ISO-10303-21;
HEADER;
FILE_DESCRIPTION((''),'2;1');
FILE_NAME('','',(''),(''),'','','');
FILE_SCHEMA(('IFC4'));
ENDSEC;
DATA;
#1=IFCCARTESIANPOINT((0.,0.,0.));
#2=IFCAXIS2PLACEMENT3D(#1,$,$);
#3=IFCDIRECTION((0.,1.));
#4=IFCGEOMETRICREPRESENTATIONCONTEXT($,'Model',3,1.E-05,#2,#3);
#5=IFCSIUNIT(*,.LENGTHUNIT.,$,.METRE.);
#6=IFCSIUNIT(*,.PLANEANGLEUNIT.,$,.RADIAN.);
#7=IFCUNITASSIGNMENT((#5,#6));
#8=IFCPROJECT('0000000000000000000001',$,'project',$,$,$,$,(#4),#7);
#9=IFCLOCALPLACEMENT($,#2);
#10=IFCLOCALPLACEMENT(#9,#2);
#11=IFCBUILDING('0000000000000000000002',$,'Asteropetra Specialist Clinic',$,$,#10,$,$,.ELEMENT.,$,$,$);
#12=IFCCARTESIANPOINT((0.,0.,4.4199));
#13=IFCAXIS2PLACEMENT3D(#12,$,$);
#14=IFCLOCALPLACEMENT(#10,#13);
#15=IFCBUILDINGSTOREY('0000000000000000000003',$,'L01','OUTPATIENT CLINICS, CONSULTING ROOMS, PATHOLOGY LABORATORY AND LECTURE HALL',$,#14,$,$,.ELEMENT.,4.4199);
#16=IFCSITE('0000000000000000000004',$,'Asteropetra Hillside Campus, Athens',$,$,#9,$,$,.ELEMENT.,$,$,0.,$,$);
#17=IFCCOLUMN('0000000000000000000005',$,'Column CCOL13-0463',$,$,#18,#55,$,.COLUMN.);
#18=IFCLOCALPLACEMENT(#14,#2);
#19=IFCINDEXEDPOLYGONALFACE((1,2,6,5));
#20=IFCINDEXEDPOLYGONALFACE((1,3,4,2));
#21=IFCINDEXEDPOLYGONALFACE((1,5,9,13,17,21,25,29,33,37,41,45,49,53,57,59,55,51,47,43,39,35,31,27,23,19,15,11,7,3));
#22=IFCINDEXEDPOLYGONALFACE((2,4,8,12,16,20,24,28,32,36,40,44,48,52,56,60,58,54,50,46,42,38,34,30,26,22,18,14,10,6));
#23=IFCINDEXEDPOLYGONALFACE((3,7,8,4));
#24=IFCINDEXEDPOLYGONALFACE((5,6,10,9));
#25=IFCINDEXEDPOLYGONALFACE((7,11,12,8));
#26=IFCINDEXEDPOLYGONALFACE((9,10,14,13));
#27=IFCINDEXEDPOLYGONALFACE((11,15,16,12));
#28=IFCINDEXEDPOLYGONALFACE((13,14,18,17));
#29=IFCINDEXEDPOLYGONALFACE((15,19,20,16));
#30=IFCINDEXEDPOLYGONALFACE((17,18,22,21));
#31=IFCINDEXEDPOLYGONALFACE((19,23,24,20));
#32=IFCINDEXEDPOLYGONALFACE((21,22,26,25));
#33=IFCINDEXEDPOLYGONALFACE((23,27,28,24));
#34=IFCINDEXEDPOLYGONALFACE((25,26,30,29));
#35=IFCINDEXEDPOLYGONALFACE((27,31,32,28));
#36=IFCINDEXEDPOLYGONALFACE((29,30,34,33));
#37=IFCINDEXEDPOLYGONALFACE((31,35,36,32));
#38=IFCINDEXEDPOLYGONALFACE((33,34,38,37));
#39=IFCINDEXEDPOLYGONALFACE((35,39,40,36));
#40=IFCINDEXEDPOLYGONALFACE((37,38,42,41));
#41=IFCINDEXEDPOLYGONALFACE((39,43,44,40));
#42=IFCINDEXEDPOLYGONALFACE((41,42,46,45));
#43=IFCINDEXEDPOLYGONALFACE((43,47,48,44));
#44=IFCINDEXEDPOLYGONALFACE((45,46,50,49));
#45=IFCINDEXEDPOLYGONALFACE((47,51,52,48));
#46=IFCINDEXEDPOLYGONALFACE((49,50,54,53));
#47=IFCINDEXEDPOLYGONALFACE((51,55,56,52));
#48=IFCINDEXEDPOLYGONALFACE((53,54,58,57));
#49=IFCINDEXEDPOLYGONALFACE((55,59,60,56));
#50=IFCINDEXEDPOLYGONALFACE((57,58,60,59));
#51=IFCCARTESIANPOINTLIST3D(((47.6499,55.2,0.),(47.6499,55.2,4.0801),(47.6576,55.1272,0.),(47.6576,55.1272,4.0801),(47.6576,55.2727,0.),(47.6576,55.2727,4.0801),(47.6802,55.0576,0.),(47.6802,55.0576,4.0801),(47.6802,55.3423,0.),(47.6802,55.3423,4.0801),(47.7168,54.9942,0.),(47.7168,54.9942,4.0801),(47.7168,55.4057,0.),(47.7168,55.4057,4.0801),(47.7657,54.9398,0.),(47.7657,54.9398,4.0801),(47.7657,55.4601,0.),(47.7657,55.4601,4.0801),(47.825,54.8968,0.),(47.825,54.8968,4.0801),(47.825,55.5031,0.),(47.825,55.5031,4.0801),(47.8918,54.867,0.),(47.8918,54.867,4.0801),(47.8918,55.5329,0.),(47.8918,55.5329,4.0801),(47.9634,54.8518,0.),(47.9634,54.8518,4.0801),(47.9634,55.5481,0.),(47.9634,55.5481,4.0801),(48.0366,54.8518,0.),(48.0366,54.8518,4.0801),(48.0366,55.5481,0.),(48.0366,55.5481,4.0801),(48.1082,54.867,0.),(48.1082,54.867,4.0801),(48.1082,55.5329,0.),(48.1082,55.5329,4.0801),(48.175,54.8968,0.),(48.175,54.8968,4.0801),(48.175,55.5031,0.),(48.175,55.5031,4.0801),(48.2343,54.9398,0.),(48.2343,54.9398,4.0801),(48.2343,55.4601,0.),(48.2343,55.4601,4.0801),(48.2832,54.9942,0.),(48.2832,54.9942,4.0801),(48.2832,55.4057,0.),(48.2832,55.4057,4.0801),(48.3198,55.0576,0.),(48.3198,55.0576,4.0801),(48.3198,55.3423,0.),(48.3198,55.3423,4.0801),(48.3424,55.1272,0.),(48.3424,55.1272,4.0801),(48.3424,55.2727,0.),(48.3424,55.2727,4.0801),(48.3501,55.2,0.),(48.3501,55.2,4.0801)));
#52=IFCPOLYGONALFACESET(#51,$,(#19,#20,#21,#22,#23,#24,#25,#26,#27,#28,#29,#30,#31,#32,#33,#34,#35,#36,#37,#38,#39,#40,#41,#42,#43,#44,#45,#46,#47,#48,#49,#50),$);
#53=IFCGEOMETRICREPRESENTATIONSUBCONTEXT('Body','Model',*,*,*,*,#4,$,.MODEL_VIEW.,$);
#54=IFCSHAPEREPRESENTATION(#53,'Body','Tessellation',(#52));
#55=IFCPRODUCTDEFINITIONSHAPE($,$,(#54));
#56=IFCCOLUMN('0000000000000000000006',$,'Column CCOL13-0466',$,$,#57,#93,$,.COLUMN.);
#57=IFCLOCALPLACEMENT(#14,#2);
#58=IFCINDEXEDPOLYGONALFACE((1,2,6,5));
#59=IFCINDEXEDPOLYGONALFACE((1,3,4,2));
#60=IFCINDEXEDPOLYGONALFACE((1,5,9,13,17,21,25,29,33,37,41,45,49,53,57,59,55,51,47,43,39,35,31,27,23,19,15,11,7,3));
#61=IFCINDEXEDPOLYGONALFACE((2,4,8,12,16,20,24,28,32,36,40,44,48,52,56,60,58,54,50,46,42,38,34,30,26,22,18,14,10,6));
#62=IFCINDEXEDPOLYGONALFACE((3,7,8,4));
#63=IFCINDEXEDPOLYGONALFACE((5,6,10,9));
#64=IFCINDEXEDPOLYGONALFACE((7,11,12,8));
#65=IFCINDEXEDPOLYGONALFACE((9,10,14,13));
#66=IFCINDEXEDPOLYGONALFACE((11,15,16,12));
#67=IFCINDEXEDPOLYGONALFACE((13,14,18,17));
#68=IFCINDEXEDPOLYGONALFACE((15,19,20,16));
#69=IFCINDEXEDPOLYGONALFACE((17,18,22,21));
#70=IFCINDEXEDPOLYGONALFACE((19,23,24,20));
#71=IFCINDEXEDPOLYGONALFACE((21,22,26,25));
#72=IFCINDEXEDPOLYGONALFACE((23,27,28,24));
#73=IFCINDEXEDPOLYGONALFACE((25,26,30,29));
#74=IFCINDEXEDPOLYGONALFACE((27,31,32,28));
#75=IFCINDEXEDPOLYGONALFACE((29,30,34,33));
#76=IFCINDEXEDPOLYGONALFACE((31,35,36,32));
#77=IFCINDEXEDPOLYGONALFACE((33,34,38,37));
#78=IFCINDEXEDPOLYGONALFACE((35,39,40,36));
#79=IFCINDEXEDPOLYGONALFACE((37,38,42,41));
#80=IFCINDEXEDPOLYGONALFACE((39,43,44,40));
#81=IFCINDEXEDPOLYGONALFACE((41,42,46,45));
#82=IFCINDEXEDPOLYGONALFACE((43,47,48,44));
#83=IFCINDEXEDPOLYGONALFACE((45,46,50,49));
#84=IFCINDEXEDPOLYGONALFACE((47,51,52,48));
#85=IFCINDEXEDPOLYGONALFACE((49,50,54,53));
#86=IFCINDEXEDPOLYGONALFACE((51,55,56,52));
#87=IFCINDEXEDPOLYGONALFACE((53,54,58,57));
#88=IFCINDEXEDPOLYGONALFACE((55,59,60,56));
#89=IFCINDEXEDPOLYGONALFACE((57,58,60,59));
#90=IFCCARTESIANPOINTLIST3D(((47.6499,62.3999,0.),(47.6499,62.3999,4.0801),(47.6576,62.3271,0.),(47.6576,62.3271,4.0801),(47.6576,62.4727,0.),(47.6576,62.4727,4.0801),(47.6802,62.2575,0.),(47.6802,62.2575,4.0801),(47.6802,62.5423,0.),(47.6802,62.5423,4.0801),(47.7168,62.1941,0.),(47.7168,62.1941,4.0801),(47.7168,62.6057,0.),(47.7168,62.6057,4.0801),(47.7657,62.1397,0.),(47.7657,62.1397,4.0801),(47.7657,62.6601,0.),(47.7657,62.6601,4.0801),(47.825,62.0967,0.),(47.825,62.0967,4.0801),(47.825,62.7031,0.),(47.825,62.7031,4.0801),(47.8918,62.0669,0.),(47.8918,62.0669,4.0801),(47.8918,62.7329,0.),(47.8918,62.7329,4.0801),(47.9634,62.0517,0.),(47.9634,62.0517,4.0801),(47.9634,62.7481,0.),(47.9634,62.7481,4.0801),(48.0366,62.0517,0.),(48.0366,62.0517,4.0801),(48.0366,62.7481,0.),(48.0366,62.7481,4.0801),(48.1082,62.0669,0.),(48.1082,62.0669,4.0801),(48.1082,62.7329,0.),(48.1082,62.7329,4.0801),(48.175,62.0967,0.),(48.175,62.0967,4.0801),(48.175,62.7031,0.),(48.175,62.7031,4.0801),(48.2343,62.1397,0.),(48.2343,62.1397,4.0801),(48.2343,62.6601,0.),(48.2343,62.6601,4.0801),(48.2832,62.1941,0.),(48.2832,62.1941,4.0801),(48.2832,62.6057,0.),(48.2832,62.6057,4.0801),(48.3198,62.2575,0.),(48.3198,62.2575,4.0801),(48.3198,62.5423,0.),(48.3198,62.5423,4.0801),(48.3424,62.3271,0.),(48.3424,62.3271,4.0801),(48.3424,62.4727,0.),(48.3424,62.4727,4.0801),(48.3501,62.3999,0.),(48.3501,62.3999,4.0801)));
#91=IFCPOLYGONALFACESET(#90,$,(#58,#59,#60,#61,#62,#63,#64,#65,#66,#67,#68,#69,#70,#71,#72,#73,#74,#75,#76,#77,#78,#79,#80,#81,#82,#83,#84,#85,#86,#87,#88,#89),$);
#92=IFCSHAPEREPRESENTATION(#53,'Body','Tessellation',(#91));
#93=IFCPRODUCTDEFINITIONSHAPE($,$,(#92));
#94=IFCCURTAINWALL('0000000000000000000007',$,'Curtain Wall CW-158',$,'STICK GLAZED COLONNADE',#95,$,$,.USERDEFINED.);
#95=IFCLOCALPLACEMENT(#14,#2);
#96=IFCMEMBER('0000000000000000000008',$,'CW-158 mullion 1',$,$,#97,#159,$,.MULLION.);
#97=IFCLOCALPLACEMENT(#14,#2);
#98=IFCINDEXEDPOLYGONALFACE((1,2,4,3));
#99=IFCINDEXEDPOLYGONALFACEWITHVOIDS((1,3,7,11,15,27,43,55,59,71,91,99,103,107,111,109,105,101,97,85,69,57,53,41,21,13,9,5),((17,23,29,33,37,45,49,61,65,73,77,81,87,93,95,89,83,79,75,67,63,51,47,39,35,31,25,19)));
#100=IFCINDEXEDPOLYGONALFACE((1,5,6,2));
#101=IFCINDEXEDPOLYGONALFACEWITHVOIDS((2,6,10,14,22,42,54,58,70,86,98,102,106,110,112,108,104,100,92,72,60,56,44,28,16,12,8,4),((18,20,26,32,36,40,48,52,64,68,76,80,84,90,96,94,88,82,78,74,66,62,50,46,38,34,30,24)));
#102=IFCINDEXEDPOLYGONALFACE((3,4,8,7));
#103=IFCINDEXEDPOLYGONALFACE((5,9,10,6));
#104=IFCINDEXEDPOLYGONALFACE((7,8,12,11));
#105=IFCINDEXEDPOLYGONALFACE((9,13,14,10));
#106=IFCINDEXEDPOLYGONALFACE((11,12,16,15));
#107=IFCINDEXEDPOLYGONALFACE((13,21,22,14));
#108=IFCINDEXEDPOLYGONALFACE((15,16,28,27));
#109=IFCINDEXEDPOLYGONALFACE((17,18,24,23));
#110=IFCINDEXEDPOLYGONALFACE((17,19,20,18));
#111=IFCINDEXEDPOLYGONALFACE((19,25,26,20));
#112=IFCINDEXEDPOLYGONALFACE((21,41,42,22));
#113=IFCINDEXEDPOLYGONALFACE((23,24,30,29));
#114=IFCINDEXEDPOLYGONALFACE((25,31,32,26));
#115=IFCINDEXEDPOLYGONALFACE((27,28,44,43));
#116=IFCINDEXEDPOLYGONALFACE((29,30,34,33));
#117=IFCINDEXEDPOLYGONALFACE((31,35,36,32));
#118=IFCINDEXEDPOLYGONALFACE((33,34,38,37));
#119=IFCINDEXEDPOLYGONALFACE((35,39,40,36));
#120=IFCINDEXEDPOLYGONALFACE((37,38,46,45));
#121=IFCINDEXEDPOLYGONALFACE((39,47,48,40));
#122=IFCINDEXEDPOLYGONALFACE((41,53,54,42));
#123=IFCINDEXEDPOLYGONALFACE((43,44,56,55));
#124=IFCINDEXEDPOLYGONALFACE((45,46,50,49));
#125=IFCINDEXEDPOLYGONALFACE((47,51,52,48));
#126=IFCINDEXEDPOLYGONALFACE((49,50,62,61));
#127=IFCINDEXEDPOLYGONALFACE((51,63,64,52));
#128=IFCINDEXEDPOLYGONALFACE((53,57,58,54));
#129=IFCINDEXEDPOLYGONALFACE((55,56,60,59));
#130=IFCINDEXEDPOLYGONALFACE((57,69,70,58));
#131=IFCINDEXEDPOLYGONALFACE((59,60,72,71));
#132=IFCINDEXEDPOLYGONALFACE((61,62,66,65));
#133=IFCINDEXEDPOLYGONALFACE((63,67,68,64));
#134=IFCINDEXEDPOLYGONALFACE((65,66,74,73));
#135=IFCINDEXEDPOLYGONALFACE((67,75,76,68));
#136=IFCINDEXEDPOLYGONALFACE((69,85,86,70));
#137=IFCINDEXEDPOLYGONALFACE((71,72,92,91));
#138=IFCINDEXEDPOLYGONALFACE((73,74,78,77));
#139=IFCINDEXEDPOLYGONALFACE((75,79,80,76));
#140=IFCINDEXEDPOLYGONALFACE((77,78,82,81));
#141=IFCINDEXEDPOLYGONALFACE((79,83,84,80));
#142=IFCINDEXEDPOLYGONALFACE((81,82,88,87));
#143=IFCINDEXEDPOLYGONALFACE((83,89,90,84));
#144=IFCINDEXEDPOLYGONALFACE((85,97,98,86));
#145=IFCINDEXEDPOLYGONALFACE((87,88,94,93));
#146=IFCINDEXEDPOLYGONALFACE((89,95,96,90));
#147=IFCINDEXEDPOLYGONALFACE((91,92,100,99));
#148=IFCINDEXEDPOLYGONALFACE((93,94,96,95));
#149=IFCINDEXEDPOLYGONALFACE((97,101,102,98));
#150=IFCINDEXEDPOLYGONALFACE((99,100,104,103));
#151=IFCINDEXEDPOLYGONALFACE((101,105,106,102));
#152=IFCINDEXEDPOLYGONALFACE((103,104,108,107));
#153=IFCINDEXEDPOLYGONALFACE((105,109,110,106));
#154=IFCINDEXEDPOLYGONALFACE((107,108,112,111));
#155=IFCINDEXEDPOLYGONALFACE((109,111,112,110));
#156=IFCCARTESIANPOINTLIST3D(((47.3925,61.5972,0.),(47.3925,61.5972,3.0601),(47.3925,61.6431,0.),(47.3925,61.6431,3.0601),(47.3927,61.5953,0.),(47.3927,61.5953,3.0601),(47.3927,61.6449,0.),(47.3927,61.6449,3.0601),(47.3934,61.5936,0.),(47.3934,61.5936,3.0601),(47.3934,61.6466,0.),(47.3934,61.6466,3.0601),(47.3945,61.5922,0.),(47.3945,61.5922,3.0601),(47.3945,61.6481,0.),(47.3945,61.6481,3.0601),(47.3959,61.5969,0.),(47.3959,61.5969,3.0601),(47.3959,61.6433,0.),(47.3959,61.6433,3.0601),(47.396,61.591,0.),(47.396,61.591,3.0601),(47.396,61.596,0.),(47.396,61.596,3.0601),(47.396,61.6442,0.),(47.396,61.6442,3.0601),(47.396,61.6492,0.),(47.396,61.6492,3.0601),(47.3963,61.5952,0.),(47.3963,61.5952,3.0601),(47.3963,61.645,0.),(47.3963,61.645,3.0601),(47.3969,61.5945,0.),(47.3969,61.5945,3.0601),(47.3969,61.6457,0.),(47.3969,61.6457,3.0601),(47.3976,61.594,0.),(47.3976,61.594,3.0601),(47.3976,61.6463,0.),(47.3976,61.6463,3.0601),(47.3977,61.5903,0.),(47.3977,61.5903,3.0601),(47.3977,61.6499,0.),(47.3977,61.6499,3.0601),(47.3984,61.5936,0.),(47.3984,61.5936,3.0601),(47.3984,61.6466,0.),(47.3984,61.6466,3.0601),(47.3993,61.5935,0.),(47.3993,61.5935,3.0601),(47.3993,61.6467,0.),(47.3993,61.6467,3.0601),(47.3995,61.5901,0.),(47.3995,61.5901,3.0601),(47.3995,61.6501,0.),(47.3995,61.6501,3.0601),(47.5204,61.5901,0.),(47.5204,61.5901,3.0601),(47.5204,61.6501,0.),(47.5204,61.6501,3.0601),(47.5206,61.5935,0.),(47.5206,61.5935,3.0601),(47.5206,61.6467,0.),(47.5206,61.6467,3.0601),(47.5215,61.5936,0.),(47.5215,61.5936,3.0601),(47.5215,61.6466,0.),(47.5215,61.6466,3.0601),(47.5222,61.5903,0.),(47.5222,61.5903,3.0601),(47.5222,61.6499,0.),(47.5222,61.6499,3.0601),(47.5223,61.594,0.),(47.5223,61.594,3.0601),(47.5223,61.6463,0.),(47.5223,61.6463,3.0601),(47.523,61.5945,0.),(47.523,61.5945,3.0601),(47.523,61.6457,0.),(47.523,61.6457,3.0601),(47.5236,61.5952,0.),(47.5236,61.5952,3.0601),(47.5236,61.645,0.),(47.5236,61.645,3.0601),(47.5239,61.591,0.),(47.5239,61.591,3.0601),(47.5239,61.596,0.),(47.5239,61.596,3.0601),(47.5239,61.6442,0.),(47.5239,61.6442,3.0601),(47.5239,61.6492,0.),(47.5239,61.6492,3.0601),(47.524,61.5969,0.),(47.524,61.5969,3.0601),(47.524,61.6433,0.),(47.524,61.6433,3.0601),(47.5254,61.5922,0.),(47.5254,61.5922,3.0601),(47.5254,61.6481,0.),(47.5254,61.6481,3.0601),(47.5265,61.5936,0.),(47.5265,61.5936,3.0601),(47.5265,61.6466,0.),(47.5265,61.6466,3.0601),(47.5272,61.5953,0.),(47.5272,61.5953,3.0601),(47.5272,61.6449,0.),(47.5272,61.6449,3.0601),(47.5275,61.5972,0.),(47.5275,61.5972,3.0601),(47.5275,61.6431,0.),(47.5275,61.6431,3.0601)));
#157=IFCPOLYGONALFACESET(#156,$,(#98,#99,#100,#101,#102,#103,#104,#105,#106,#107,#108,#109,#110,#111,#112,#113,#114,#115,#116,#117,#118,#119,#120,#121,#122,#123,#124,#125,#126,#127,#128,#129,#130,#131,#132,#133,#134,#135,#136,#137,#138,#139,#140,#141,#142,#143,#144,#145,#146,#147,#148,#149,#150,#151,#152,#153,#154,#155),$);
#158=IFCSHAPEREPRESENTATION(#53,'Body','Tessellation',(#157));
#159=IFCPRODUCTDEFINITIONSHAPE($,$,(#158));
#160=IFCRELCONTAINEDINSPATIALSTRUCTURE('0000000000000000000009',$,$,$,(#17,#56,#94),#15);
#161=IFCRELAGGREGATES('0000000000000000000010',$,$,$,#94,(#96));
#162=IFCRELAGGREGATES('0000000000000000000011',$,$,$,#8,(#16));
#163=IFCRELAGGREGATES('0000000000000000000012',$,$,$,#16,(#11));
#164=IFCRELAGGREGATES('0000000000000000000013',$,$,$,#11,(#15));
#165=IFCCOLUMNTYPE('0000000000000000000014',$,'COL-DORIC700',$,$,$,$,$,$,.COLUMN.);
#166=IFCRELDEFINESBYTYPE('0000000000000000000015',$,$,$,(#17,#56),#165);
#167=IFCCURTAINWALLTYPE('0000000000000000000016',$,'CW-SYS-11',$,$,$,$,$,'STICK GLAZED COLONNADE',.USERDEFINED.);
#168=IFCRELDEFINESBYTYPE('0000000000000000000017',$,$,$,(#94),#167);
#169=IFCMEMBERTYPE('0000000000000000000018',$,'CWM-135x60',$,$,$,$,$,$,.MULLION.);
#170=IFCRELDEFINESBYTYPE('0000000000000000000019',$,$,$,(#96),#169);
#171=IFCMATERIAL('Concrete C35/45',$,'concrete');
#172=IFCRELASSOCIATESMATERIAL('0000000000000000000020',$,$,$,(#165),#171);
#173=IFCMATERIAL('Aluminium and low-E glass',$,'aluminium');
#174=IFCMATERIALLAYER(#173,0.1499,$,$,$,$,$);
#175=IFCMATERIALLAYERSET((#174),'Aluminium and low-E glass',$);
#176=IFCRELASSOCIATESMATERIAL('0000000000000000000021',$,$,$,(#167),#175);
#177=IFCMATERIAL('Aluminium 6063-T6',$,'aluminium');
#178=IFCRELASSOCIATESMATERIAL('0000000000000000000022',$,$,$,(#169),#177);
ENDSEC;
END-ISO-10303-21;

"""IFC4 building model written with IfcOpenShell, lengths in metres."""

from ifc_helpers import new_model, si_unit, direction, frame, origin, origin_2d, place, context, subcontext, project, spatial, hollow_rectangle, circle, extrude, material, layer, layer_set, material_profile, profile_set, type_object, element, aggregate, save


model = new_model("IFC4")

# Units and contexts
model_context = context("Model", 3, precision=1e-05, world=origin(), true_north=direction((0.0, 1.0)))
body_context = subcontext(model_context, "Body", "Model", "MODEL_VIEW")
ifc_project = project(units=[si_unit("LENGTHUNIT", "METRE"), si_unit("PLANEANGLEUNIT", "RADIAN")], contexts=[model_context])

# Site, building, storey
site_placement = place(None, origin())
site = spatial("IfcSite", under=ifc_project, at=site_placement, Name="Asteropetra Hillside Campus, Athens", CompositionType="ELEMENT", RefElevation=0.0)
building_placement = place(site_placement, origin())
building = spatial("IfcBuilding", under=site, at=building_placement, Name="Asteropetra Specialist Clinic", CompositionType="ELEMENT")
storey_placement = place(building_placement, frame((0.0, 0.0, 4.4199)))
storey = spatial("IfcBuildingStorey", under=building, at=storey_placement, Name="L01", Description="OUTPATIENT CLINICS, CONSULTING ROOMS, PATHOLOGY LABORATORY AND LECTURE HALL", CompositionType="ELEMENT", Elevation=4.4199)

# Columns
ifc_material_1 = material(Name="Concrete C35/45", Category="concrete")
ifc_material_profile_1 = material_profile(ifc_material_1, circle(Radius=0.3501, at=origin_2d()), Name="RCC D700")
ifc_profile_set_1 = profile_set([ifc_material_profile_1], Name="Concrete C35/45")
column_type = type_object("IfcColumnType", Name="COL-DORIC700", PredefinedType="COLUMN", material=ifc_profile_set_1)
for number, where, z_axis, x_axis, name in (
    (1, (48.0, 55.2, 0.0), (0.0, 0.0, 1.0), (1.0, 0.0, 0.0), "Column CCOL13-0463"),
    (2, (48.0, 62.3999, 0.0), (0.0, 0.0, 1.0), (1.0, 0.0, 0.0), "Column CCOL13-0466"),
):
    element("IfcColumn", number, at=place(storey_placement, frame(where, z_axis=z_axis, x_axis=x_axis)), inside=storey, type_object=column_type, Name=name, PredefinedType="COLUMN", context=body_context, shape_type="SweptSolid", body=[
        extrude(circle(Radius=0.3501, at=origin_2d()), origin(), (0.0, 0.0, 1.0), 4.0801),
    ])

# Curtain wall, member
ifc_material_2 = material(Name="Aluminium and low-E glass", Category="aluminium")
ifc_layer_1 = layer(ifc_material_2, 0.1499)
ifc_layer_set_1 = layer_set([ifc_layer_1], Name="Aluminium and low-E glass")
curtain_wall_type_1 = type_object("IfcCurtainWallType", Name="CW-SYS-11", ElementType="STICK GLAZED COLONNADE", PredefinedType="USERDEFINED", material=ifc_layer_set_1)
curtain_wall_1_placement = place(storey_placement, origin())
curtain_wall_1 = element("IfcCurtainWall", 3, at=curtain_wall_1_placement, inside=storey, type_object=curtain_wall_type_1, Name="Curtain Wall CW-158", ObjectType="STICK GLAZED COLONNADE", PredefinedType="USERDEFINED")
ifc_material_3 = material(Name="Aluminium 6063-T6", Category="aluminium")
ifc_material_profile_2 = material_profile(ifc_material_3, hollow_rectangle(XDim=0.0601, YDim=0.135, WallThickness=0.0034, InnerFilletRadius=0.0034, OuterFilletRadius=0.0071, at=origin_2d()), Name="MUL 135x60x3.5")
ifc_profile_set_2 = profile_set([ifc_material_profile_2], Name="Aluminium 6063-T6")
member_type_1 = type_object("IfcMemberType", Name="CWM-135x60", PredefinedType="MULLION", material=ifc_profile_set_2)
member_1_placement = place(storey_placement, frame((47.46, 61.6201, 0.0), z_axis=(0.0, 0.0, 1.0), x_axis=(0.0, -1.0, 0.0)))
member_1 = element("IfcMember", 4, at=member_1_placement, type_object=member_type_1, Name="CW-158 mullion 1", PredefinedType="MULLION", context=body_context, shape_type="SweptSolid", body=[
    extrude(hollow_rectangle(XDim=0.0601, YDim=0.135, WallThickness=0.0034, InnerFilletRadius=0.0034, OuterFilletRadius=0.0071, at=origin_2d()), origin(), (0.0, 0.0, 1.0), 3.0601),
])

aggregate(curtain_wall_1, [member_1])

save(model, "model.ifc")
